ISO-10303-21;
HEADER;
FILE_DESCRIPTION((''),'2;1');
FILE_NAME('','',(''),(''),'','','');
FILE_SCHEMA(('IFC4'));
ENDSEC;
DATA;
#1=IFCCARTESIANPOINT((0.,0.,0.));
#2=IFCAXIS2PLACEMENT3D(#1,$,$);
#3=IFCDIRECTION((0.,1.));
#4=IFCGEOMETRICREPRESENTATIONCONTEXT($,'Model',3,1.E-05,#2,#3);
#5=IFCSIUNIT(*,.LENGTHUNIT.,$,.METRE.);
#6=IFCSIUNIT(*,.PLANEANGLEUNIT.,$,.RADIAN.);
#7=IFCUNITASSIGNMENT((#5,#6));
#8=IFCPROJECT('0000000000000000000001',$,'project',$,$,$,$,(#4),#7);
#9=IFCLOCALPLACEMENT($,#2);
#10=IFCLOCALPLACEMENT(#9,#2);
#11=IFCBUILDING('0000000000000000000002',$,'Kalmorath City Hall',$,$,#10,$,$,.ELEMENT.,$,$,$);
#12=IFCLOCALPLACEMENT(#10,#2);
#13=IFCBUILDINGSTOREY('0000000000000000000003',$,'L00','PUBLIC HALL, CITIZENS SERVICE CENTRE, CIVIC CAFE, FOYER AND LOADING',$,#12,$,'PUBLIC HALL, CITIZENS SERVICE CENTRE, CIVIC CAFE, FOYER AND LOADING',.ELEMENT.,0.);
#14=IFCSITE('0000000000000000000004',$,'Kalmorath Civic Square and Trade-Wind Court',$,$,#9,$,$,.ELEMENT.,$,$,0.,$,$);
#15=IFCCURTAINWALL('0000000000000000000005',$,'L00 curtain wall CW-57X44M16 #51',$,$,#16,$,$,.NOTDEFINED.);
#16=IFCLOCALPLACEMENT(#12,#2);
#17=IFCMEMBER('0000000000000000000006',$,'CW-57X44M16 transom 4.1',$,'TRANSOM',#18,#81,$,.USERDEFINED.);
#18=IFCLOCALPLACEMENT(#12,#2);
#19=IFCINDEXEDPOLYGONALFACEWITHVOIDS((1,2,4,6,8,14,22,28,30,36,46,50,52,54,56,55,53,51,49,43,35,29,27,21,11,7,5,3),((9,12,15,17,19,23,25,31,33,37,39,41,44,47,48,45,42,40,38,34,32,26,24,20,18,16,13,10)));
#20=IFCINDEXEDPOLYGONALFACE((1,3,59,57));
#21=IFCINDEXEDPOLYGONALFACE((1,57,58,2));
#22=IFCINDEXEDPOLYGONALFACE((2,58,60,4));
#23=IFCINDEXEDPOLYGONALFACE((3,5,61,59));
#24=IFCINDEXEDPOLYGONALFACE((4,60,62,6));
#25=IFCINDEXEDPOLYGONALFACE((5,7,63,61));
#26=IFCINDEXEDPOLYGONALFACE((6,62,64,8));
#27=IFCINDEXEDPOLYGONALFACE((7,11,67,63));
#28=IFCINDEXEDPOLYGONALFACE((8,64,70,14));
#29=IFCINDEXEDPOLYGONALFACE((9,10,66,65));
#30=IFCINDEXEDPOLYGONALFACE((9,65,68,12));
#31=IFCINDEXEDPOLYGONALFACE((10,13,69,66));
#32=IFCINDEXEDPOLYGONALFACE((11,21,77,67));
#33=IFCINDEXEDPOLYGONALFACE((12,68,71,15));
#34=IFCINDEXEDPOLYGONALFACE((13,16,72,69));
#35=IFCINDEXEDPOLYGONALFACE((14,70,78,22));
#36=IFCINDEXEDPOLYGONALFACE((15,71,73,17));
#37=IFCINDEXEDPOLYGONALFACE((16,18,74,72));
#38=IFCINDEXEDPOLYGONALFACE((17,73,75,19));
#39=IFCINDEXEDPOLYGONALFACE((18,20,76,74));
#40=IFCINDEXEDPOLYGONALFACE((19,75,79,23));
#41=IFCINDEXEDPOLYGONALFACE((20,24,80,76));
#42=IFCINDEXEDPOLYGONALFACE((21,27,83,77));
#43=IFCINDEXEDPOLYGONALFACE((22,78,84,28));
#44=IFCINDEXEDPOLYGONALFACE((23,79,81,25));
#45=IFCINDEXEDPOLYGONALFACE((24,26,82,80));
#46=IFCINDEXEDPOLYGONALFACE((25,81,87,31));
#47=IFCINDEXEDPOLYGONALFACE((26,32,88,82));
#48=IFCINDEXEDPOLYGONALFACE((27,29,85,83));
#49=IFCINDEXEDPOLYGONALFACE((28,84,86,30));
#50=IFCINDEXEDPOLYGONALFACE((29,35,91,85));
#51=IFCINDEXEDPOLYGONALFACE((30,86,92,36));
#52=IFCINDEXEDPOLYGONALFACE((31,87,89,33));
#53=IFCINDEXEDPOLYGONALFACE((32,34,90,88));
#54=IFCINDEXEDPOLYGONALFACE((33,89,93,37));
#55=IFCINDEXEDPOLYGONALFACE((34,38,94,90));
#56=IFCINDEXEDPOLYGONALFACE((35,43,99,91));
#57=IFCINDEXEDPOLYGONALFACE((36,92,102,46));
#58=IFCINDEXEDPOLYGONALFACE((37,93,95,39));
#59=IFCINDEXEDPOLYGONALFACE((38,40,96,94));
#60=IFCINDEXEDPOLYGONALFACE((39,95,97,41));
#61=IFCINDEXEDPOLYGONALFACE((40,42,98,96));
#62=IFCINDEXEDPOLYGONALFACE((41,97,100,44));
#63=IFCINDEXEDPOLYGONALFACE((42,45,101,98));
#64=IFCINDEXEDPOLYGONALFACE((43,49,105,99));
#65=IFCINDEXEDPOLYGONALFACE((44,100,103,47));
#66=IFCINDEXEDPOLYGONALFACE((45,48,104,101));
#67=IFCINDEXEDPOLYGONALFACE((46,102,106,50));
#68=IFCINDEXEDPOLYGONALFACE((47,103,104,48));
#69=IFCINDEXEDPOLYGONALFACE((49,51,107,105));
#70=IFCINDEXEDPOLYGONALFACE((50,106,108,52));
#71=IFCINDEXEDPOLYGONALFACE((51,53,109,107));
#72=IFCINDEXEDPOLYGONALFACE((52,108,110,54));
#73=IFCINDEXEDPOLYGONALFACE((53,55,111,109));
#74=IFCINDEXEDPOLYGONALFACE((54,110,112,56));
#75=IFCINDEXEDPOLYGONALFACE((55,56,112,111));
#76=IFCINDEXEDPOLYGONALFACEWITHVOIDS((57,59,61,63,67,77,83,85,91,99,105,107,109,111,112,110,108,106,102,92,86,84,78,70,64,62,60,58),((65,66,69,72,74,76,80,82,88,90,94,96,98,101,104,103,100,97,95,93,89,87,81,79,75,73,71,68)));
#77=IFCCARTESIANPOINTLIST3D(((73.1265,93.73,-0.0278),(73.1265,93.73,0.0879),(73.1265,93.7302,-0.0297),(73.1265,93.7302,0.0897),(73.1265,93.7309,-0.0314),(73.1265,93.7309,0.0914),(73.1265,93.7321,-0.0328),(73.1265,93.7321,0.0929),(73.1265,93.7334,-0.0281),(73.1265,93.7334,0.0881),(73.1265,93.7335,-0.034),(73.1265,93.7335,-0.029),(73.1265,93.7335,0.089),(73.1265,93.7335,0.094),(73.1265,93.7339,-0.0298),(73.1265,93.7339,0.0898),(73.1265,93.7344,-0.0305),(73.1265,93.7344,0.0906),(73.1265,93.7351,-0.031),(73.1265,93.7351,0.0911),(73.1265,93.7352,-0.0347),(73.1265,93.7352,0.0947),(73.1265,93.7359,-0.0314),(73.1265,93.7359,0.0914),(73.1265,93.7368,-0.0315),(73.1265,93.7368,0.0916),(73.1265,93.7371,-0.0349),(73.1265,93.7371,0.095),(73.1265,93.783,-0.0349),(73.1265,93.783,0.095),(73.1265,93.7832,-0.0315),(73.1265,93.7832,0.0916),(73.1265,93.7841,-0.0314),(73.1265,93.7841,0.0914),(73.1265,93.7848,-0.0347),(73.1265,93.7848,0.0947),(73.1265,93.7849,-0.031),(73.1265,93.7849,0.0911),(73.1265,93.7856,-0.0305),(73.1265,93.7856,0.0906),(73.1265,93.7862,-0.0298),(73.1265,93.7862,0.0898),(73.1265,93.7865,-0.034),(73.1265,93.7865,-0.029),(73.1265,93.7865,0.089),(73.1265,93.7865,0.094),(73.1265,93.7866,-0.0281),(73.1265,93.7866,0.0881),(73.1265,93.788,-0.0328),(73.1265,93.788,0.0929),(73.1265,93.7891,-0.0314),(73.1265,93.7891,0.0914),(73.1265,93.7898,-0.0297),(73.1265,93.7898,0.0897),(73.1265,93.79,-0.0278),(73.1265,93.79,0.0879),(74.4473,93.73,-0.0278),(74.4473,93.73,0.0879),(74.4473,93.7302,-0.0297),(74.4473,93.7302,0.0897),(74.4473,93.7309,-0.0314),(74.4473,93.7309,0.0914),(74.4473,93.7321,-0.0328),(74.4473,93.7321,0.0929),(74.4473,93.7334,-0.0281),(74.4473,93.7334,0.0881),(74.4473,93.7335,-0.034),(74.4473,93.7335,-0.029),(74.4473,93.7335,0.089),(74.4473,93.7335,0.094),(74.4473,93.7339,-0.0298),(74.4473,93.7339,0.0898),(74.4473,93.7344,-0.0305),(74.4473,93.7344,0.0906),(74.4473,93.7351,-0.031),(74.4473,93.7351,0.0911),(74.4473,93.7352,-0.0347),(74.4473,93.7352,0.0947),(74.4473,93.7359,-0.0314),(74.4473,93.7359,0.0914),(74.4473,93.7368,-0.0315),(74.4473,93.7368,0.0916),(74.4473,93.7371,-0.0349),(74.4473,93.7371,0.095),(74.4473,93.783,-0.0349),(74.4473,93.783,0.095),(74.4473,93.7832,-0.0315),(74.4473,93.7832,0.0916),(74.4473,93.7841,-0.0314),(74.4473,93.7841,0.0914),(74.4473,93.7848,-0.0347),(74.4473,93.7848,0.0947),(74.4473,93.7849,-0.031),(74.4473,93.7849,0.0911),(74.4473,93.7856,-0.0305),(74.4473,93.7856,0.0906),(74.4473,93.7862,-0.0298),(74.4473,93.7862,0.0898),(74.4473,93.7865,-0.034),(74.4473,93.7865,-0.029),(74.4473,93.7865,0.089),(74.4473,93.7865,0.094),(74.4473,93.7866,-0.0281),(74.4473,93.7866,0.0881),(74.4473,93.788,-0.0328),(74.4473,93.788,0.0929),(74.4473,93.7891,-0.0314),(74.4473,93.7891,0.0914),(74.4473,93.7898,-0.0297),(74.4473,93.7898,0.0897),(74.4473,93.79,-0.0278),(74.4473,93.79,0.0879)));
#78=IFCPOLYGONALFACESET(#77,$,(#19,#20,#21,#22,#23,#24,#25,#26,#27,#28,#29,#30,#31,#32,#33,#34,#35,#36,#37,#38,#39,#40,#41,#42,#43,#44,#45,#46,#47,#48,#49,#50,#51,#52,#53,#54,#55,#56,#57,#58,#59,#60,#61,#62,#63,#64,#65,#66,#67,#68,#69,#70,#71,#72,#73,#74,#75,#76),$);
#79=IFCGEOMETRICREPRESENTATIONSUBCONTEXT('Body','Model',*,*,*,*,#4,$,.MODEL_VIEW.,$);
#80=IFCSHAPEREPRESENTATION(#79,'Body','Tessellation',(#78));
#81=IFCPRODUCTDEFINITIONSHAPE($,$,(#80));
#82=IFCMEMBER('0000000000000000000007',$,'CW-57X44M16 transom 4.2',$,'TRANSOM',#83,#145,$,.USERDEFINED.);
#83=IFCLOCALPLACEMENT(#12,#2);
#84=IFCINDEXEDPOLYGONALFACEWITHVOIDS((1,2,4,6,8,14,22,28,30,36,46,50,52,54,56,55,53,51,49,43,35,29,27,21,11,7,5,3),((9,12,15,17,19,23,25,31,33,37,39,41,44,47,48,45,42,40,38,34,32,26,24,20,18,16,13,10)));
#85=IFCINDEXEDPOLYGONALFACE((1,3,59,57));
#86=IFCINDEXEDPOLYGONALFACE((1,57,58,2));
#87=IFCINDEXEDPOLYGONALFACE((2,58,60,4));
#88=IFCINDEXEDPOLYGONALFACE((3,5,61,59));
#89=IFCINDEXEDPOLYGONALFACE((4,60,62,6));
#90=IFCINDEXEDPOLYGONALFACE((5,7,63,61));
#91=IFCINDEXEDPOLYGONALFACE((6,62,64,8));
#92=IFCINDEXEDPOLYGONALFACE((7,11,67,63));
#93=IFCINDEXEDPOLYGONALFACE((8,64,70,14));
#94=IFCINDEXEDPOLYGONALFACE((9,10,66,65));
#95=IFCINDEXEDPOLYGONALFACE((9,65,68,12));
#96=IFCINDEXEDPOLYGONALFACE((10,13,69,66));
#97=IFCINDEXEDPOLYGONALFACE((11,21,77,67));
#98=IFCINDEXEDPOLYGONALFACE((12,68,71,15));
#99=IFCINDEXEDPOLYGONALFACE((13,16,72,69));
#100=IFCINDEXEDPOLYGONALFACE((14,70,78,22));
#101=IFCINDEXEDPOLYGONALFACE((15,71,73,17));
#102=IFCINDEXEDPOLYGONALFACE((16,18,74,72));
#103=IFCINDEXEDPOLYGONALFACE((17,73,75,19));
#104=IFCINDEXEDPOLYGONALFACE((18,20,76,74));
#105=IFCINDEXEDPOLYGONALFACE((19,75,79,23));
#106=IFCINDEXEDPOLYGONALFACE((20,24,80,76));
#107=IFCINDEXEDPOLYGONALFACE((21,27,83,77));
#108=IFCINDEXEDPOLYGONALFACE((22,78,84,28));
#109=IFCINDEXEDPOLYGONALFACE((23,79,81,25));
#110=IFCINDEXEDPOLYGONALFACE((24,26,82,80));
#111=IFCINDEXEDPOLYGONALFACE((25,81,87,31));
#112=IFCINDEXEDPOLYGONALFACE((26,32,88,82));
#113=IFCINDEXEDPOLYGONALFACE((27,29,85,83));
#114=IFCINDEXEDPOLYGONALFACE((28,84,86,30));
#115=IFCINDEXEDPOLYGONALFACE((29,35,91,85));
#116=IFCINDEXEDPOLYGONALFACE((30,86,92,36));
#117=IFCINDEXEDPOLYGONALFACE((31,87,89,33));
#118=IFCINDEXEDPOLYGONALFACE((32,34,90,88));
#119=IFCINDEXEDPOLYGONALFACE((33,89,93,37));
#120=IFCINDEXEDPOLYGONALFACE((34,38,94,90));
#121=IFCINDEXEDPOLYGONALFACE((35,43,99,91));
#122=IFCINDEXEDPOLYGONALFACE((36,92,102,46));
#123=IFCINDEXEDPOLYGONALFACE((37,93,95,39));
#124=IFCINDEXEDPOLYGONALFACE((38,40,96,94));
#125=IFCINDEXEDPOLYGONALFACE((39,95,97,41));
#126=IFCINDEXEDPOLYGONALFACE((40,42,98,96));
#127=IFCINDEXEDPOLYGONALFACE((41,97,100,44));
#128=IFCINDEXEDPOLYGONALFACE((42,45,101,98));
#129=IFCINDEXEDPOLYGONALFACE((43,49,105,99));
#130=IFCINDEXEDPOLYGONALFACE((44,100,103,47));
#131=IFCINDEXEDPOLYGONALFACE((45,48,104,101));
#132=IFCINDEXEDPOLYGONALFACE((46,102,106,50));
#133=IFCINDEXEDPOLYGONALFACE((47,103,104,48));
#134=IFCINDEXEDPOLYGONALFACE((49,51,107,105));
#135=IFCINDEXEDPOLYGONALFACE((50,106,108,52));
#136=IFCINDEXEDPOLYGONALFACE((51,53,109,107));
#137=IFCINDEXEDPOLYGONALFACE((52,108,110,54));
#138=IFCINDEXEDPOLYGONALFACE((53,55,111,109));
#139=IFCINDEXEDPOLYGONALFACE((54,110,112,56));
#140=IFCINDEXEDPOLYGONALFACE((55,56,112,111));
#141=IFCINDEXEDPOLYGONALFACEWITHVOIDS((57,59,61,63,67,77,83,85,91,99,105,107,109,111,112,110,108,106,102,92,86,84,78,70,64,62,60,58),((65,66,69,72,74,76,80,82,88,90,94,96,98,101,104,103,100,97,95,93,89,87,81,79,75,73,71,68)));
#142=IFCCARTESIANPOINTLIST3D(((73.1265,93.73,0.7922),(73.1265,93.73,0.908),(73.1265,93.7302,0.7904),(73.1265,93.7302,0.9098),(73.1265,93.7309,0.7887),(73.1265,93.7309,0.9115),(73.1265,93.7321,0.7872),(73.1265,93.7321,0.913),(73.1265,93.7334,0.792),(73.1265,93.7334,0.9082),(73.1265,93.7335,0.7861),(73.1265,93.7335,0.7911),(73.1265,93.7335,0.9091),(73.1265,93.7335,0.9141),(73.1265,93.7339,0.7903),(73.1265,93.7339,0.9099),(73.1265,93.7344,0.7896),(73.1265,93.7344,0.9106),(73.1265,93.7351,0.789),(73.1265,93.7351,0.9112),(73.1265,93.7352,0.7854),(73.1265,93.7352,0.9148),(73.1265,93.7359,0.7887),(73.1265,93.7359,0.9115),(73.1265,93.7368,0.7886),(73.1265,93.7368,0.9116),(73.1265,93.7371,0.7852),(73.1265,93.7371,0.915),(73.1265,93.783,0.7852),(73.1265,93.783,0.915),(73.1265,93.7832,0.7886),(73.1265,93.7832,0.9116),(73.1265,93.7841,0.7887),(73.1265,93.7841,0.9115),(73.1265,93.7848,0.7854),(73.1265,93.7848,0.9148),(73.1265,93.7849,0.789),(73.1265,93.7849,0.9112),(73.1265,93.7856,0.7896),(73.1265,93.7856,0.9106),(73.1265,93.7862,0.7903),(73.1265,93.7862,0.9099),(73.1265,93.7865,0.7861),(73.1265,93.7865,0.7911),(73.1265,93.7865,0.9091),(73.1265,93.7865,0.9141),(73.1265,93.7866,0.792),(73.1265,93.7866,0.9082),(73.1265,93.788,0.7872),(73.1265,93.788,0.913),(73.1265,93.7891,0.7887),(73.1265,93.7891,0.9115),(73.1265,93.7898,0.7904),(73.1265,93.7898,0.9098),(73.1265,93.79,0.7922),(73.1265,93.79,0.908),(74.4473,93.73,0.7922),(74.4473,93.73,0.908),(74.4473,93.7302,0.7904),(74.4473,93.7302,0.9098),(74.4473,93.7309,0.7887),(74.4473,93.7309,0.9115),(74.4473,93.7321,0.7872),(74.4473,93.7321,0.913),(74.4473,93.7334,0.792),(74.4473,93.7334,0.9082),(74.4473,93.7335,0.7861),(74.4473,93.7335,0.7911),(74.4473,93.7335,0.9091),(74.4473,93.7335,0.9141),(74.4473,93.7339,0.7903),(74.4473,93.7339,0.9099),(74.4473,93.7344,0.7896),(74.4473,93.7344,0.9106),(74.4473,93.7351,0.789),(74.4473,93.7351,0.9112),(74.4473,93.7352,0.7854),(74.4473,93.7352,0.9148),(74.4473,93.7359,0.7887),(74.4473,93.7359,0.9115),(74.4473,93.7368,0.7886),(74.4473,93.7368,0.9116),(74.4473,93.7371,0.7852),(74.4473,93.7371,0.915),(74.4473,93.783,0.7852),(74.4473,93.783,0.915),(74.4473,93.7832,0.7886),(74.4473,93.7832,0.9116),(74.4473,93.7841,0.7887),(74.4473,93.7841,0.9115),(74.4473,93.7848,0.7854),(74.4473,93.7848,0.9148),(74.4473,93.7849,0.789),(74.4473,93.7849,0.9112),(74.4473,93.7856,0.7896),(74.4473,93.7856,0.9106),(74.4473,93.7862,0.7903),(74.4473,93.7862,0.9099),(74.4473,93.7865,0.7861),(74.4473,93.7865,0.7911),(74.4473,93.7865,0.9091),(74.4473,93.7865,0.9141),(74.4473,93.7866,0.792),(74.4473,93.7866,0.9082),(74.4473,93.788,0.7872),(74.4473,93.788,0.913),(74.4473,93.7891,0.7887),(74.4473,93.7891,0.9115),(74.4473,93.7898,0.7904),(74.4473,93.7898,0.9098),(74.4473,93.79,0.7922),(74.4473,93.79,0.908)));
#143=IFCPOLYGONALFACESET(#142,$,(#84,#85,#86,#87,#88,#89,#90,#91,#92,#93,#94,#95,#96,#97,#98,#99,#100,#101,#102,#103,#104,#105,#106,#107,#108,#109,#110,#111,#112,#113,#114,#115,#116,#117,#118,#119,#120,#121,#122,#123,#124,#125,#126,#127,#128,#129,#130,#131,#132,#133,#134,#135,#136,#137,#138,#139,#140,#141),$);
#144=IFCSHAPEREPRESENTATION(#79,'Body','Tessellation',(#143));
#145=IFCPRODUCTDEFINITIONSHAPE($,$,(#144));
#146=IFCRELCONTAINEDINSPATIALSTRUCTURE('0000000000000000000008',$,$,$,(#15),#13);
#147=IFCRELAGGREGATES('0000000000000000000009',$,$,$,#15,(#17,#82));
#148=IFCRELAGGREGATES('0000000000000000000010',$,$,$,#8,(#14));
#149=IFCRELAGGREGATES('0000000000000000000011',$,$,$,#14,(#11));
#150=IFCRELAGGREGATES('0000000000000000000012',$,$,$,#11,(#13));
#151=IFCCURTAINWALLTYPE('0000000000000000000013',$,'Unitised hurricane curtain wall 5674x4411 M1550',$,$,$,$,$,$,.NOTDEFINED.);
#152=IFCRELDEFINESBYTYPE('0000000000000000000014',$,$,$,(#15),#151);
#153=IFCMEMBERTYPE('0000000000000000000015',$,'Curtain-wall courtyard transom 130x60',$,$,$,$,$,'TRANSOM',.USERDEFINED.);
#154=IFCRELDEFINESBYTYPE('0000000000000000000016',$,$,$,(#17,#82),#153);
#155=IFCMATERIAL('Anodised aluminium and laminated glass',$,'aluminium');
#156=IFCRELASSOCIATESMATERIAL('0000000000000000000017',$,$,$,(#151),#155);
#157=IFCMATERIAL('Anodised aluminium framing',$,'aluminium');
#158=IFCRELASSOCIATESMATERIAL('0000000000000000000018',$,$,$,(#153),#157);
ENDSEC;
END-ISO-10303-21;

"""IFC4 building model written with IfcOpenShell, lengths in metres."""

from ifc_helpers import new_model, si_unit, direction, frame, origin, origin_2d, place, context, subcontext, project, spatial, hollow_rectangle, extrude, material, material_profile, profile_set, type_object, element, aggregate, save


model = new_model("IFC4")

# Units and contexts
model_context = context("Model", 3, precision=1e-05, world=origin(), true_north=direction((0.0, 1.0)))
body_context = subcontext(model_context, "Body", "Model", "MODEL_VIEW")
ifc_project = project(units=[si_unit("LENGTHUNIT", "METRE"), si_unit("PLANEANGLEUNIT", "RADIAN")], contexts=[model_context])

# Site, building, storey
site_placement = place(None, origin())
site = spatial("IfcSite", under=ifc_project, at=site_placement, Name="Kalmorath Civic Square and Trade-Wind Court", CompositionType="ELEMENT", RefElevation=0.0)
building_placement = place(site_placement, origin())
building = spatial("IfcBuilding", under=site, at=building_placement, Name="Kalmorath City Hall", CompositionType="ELEMENT")
storey_placement = place(building_placement, origin())
storey = spatial("IfcBuildingStorey", under=building, at=storey_placement, Name="L00", Description="PUBLIC HALL, CITIZENS SERVICE CENTRE, CIVIC CAFE, FOYER AND LOADING", LongName="PUBLIC HALL, CITIZENS SERVICE CENTRE, CIVIC CAFE, FOYER AND LOADING", CompositionType="ELEMENT", Elevation=0.0)

# Curtain wall, members
ifc_material_1 = material(Name="Anodised aluminium and laminated glass", Category="aluminium")
curtain_wall_type = type_object("IfcCurtainWallType", Name="Unitised hurricane curtain wall 5674x4411 M1550", PredefinedType="NOTDEFINED", material=ifc_material_1)
curtain_wall_placement = place(storey_placement, origin())
curtain_wall = element("IfcCurtainWall", 1, at=curtain_wall_placement, inside=storey, type_object=curtain_wall_type, Name="L00 curtain wall CW-57X44M16 #51", PredefinedType="NOTDEFINED")
ifc_material_2 = material(Name="Anodised aluminium framing", Category="aluminium")
ifc_material_profile_1 = material_profile(ifc_material_2, hollow_rectangle(XDim=0.0601, YDim=0.1299, WallThickness=0.0034, InnerFilletRadius=0.0034, OuterFilletRadius=0.0071, at=origin_2d()), Name="ALU-TRN-130X60X3.5")
ifc_profile_set_1 = profile_set([ifc_material_profile_1], Name="Anodised aluminium framing")
member_type_1 = type_object("IfcMemberType", Name="Curtain-wall courtyard transom 130x60", ElementType="TRANSOM", PredefinedType="USERDEFINED", material=ifc_profile_set_1)
member_1_placement = place(storey_placement, frame((74.4473, 93.76, 0.03), z_axis=(-1.0, 0.0, 0.0), x_axis=(0.0, -1.0, 0.0)))
member_1 = element("IfcMember", 2, at=member_1_placement, type_object=member_type_1, Name="CW-57X44M16 transom 4.1", ObjectType="TRANSOM", PredefinedType="USERDEFINED", context=body_context, shape_type="SweptSolid", body=[
    extrude(hollow_rectangle(XDim=0.0601, YDim=0.1299, WallThickness=0.0034, InnerFilletRadius=0.0034, OuterFilletRadius=0.0071, at=origin_2d()), origin(), (0.0, 0.0, 1.0), 1.3208),
])
member_2_placement = place(storey_placement, frame((74.4473, 93.76, 0.8501), z_axis=(-1.0, 0.0, 0.0), x_axis=(0.0, -1.0, 0.0)))
member_2 = element("IfcMember", 3, at=member_2_placement, type_object=member_type_1, Name="CW-57X44M16 transom 4.2", ObjectType="TRANSOM", PredefinedType="USERDEFINED", context=body_context, shape_type="SweptSolid", body=[
    extrude(hollow_rectangle(XDim=0.0601, YDim=0.1299, WallThickness=0.0034, InnerFilletRadius=0.0034, OuterFilletRadius=0.0071, at=origin_2d()), origin(), (0.0, 0.0, 1.0), 1.3208),
])

aggregate(curtain_wall, [member_1, member_2])

save(model, "model.ifc")
